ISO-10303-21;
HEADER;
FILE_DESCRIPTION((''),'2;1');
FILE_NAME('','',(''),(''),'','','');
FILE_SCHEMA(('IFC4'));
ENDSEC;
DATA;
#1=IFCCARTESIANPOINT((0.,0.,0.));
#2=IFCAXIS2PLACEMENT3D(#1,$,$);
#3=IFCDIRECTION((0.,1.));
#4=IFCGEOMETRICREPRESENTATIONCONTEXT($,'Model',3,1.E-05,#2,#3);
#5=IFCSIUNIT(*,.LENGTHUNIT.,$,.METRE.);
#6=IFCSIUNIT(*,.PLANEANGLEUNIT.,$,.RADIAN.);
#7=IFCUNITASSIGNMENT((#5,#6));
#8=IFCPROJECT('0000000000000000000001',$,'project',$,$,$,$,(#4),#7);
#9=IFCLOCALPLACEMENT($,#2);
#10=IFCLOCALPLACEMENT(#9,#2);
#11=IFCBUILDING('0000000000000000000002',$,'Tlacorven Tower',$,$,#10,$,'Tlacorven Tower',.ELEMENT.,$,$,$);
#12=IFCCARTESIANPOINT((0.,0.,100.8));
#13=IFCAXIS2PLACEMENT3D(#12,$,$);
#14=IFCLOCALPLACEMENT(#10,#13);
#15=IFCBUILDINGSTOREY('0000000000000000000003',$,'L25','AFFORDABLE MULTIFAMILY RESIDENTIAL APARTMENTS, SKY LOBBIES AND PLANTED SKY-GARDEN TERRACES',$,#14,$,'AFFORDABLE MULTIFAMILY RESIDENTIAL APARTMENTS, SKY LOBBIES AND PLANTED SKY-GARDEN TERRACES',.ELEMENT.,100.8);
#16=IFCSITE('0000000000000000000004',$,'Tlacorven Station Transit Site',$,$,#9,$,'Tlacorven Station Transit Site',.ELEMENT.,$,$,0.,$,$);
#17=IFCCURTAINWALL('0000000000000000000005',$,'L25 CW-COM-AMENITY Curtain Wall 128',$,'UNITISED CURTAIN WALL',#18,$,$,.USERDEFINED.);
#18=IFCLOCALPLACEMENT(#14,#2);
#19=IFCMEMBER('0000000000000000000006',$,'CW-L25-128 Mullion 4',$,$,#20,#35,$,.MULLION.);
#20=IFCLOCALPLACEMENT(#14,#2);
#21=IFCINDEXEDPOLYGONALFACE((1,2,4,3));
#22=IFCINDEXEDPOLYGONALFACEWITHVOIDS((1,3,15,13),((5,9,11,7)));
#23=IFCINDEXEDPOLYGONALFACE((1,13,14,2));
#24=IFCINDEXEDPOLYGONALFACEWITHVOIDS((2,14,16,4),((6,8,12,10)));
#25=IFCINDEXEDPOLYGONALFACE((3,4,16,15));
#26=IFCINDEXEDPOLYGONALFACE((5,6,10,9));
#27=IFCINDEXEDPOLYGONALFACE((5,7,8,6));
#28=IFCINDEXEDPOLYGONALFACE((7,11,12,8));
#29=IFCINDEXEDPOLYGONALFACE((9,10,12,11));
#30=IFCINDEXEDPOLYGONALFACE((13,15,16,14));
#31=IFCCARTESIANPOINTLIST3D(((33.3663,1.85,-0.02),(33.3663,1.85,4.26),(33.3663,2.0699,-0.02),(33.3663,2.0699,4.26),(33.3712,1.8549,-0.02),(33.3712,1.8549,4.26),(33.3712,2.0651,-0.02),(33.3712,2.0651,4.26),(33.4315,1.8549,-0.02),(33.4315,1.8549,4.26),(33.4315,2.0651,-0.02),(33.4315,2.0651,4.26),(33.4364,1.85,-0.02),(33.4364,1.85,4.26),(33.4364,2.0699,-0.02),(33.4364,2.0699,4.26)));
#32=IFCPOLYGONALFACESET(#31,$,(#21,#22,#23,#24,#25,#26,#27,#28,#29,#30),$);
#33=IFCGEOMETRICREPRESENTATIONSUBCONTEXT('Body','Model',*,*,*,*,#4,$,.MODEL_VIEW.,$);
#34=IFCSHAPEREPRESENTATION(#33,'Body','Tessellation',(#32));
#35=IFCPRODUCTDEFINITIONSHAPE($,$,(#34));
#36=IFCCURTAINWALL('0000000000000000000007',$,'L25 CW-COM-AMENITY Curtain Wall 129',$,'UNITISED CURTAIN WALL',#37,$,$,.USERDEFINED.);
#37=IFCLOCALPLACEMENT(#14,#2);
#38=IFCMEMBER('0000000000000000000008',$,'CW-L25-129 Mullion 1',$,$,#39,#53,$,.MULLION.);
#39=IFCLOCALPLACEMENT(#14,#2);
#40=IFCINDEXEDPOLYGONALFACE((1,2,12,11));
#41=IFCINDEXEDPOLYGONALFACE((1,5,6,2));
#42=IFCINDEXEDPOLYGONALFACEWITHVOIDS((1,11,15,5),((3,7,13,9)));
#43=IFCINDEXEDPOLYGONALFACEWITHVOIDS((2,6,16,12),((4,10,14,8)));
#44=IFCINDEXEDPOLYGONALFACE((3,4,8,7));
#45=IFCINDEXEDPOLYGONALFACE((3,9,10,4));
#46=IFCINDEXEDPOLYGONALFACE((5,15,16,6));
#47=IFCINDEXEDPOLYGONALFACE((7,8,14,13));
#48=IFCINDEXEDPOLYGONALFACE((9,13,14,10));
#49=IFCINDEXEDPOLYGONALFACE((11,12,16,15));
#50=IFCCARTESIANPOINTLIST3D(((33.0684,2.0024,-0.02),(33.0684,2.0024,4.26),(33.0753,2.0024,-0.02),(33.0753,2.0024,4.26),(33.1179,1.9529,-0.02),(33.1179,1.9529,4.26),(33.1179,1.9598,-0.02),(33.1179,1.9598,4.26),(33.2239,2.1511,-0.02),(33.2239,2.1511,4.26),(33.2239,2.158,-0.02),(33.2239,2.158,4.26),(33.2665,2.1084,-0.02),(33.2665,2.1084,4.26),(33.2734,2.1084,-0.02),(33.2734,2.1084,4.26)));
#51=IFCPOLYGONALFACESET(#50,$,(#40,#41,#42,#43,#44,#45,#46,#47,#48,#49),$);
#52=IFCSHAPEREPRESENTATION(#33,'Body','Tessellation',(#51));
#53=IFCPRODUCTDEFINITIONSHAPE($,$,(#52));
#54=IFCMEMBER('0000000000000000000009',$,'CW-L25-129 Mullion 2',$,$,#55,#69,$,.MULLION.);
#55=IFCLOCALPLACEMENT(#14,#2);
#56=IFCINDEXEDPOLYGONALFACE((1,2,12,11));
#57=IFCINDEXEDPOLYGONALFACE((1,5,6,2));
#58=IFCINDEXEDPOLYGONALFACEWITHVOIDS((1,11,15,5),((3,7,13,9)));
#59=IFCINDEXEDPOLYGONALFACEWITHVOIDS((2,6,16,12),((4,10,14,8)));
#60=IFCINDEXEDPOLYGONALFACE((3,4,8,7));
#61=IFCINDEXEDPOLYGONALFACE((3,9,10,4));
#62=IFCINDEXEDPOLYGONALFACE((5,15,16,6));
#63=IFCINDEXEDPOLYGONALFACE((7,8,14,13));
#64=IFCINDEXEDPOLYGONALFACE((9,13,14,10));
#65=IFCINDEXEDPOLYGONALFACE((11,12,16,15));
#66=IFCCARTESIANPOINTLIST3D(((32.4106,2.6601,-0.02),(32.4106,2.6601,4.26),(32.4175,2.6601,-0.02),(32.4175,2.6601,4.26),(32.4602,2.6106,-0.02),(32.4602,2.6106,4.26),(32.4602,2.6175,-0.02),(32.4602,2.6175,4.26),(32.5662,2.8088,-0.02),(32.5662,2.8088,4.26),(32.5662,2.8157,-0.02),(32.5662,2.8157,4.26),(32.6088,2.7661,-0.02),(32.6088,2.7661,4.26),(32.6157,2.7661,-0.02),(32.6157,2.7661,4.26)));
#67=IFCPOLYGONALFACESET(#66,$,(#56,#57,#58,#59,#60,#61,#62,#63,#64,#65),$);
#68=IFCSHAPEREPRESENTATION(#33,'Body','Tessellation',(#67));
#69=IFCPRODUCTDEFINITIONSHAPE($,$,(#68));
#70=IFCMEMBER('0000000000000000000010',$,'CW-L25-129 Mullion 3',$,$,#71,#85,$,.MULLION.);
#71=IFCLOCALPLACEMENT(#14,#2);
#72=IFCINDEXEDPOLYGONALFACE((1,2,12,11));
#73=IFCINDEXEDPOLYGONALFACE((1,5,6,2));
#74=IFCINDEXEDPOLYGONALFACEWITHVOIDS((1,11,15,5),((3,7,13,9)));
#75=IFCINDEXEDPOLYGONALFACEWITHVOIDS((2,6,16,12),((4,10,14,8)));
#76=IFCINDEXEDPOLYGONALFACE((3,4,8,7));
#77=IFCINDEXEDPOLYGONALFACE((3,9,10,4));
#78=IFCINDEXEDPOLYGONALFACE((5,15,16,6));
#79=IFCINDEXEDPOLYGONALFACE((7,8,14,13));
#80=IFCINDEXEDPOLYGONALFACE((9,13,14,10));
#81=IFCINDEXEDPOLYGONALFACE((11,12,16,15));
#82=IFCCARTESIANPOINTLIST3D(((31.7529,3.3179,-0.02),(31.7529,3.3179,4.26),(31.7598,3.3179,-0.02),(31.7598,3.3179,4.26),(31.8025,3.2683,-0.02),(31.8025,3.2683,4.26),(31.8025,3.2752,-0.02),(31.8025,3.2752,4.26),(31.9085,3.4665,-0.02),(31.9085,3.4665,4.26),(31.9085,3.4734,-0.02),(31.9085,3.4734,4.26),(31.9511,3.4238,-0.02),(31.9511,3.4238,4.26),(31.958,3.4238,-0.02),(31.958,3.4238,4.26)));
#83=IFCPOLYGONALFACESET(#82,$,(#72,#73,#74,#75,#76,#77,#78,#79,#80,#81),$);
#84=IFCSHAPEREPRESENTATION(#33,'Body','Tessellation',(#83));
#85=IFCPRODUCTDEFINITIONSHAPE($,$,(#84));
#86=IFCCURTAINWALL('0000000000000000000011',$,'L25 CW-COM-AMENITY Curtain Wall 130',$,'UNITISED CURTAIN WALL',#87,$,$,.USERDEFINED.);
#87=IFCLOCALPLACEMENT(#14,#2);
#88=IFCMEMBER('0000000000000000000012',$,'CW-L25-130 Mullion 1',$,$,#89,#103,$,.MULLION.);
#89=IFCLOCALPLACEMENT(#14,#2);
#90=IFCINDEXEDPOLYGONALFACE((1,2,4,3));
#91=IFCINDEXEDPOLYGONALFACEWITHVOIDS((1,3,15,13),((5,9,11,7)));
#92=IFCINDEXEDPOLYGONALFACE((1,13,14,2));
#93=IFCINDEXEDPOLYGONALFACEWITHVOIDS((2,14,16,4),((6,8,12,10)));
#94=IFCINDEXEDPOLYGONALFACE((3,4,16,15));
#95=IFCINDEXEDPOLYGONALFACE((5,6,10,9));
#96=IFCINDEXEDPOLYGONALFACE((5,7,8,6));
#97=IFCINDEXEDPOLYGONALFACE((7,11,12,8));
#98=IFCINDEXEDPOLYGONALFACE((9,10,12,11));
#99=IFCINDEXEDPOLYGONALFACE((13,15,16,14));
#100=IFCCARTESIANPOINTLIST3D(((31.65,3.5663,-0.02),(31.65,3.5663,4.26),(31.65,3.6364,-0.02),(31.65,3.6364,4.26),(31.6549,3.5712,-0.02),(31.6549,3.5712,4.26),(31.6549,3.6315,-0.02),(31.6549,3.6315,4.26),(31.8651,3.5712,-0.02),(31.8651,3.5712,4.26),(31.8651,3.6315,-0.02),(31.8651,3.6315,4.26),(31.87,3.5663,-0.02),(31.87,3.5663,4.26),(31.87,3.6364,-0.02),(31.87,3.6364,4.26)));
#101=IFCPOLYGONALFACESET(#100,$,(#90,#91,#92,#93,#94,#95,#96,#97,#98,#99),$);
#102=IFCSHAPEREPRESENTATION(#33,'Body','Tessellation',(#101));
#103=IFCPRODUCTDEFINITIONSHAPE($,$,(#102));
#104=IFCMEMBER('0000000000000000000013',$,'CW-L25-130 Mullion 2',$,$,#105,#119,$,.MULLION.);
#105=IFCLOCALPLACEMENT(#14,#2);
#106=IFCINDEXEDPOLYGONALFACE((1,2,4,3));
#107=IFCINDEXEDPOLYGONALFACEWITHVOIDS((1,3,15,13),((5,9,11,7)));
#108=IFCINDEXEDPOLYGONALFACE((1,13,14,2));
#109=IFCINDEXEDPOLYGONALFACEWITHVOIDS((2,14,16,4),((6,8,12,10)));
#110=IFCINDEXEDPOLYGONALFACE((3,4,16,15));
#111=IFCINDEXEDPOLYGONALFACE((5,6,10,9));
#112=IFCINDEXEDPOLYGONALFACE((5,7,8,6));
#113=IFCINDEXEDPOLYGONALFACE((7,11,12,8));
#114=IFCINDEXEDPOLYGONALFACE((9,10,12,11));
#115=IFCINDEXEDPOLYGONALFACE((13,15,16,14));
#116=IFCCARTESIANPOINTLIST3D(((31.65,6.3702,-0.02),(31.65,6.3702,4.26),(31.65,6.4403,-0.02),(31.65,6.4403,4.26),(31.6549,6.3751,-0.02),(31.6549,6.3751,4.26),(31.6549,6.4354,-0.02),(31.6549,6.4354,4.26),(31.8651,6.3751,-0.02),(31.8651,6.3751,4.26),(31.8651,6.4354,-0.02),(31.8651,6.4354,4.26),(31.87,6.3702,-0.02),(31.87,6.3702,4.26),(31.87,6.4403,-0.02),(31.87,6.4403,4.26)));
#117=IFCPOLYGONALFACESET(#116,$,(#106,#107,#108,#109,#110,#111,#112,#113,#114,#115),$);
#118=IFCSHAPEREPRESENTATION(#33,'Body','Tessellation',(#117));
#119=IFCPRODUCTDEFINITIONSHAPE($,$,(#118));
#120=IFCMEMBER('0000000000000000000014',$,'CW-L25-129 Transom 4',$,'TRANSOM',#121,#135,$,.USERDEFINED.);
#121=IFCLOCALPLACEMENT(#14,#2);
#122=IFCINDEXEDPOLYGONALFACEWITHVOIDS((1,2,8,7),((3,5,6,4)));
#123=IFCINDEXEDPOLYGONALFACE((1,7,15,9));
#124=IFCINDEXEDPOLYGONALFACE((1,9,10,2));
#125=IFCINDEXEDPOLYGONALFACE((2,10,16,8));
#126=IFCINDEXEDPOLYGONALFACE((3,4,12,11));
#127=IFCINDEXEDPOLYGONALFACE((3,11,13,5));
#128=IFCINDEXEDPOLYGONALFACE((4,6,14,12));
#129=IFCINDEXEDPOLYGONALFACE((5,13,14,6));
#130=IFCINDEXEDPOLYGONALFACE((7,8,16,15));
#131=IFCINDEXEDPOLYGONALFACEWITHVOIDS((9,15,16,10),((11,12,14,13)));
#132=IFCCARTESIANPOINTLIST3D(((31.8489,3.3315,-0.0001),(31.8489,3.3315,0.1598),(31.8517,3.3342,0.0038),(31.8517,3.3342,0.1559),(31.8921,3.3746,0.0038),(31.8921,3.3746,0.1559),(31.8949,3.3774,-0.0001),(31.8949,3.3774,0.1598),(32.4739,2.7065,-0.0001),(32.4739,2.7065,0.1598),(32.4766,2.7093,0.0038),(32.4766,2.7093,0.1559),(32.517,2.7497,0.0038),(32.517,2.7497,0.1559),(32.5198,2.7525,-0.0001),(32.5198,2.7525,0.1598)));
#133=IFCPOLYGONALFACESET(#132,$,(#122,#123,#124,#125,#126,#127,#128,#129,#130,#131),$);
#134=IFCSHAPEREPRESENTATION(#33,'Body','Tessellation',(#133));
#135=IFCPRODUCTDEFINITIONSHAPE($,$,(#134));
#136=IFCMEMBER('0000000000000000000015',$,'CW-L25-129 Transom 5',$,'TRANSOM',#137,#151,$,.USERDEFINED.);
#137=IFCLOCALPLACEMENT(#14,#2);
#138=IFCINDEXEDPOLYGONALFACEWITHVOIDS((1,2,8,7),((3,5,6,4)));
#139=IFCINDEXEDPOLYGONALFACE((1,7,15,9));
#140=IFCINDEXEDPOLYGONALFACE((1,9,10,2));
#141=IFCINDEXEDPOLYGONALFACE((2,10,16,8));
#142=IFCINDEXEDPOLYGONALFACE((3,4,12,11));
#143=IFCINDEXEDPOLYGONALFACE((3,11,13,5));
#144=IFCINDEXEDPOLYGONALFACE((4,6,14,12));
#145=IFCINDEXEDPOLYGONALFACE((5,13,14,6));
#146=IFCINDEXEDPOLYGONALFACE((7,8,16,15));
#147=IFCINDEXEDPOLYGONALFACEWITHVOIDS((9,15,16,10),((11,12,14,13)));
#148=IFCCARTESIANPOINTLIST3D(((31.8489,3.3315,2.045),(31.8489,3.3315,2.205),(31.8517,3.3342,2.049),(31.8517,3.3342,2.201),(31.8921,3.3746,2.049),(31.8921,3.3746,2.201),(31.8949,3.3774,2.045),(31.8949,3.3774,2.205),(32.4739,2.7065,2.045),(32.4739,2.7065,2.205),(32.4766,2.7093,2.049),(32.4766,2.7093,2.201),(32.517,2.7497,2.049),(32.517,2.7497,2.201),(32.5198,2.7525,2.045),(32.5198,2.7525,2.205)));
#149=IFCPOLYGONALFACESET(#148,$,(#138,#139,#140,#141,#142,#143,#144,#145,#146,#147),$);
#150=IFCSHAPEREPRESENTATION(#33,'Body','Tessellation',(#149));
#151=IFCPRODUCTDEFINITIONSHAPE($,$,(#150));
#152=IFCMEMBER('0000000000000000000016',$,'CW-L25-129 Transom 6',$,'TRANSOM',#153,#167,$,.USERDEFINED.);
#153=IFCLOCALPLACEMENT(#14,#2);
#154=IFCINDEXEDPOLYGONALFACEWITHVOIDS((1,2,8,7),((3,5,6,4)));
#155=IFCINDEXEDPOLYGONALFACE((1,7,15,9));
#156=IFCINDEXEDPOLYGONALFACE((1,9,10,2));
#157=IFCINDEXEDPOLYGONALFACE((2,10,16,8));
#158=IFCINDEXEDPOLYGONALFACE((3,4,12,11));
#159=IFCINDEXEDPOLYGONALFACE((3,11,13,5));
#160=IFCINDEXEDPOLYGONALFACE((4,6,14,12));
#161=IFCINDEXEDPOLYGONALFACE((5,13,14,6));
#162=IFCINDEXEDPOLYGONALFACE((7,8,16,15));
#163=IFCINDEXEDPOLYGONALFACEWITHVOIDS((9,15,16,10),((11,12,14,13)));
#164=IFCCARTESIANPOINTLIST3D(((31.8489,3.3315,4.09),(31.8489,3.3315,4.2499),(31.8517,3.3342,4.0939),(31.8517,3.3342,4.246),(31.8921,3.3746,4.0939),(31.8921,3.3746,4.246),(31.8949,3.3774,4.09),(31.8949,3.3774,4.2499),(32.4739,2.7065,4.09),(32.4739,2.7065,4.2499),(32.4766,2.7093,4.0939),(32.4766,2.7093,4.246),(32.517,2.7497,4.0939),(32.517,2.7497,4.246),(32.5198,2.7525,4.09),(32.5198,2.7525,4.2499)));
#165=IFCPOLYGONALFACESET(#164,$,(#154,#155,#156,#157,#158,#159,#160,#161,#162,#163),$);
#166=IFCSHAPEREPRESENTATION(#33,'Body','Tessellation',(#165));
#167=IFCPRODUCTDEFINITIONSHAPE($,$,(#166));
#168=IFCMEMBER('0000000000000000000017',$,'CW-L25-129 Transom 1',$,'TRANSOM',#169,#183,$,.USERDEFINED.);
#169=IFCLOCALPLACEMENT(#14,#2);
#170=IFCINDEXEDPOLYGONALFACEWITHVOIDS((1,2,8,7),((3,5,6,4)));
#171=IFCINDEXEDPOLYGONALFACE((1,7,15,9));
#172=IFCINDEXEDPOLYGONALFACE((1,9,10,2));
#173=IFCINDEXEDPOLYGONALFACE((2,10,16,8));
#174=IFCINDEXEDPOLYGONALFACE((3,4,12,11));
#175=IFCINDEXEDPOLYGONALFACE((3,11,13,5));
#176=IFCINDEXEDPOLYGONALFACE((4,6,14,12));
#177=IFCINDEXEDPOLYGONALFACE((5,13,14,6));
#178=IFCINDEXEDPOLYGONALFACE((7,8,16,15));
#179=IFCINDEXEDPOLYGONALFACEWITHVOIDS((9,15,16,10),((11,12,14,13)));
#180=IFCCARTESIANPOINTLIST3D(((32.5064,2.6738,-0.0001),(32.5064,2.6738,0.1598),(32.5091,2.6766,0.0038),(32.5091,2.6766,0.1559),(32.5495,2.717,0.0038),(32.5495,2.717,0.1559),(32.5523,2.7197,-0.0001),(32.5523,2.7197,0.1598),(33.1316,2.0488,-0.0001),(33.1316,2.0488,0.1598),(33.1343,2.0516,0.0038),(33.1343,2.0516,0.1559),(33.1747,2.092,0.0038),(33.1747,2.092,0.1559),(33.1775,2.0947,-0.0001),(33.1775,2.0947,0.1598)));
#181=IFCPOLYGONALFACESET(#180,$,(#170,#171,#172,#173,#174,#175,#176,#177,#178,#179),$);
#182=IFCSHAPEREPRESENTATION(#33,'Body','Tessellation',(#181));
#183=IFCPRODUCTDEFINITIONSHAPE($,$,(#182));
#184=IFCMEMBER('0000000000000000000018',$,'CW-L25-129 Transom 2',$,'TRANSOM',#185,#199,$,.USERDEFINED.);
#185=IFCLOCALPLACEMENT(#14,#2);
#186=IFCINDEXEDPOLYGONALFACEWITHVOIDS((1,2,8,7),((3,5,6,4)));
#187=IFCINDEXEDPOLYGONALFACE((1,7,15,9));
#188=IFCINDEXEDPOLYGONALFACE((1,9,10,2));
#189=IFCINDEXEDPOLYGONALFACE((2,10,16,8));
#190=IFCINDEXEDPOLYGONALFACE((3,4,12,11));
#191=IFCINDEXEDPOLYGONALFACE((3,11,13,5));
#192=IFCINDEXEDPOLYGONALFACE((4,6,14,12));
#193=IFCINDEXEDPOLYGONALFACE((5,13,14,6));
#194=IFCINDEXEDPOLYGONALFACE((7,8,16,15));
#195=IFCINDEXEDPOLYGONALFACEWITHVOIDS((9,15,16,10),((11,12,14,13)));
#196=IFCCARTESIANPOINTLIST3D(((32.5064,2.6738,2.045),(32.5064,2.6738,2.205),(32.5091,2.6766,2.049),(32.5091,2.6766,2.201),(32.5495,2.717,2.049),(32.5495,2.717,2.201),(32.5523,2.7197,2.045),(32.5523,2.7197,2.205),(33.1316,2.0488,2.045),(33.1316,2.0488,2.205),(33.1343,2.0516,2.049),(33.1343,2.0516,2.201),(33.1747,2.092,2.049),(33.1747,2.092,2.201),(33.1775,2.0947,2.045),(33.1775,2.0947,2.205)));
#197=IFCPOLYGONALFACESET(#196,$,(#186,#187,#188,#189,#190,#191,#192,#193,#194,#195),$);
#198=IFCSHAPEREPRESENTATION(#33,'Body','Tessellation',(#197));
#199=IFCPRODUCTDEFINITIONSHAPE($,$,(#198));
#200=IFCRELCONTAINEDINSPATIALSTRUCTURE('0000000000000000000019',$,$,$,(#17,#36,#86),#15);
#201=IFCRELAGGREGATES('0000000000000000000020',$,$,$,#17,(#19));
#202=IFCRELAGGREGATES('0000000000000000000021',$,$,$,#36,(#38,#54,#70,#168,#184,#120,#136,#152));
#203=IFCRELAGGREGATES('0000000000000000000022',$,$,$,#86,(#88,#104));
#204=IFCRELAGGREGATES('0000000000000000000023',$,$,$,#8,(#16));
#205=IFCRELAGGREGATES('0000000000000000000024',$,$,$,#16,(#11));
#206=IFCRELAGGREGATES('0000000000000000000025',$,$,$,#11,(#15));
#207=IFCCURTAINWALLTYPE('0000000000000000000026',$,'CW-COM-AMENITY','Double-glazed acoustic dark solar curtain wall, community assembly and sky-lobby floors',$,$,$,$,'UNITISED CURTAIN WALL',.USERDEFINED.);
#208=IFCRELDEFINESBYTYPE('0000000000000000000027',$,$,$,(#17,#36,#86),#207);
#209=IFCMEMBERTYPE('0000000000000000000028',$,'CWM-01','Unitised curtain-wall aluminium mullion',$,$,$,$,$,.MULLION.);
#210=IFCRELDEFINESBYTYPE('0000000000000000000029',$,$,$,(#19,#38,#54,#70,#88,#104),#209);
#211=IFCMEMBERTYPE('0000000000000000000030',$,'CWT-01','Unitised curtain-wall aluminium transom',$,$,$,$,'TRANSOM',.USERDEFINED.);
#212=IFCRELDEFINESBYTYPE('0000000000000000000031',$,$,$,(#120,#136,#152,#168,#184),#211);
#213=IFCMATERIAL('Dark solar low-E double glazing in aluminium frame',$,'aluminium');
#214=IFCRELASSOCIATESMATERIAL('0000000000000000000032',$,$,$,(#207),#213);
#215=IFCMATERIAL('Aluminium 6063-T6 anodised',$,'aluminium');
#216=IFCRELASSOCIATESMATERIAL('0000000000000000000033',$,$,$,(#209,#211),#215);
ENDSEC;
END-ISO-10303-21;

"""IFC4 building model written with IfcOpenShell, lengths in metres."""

from ifc_helpers import new_model, si_unit, direction, frame, origin, origin_2d, place, context, subcontext, project, spatial, hollow_rectangle, extrude, source, transform, mapped, material, material_profile, profile_set, type_object, element, aggregate, save


model = new_model("IFC4")

# Units and contexts
model_context = context("Model", 3, precision=1e-05, world=origin(), true_north=direction((0.0, 1.0)))
body_context = subcontext(model_context, "Body", "Model", "MODEL_VIEW")
ifc_project = project(units=[si_unit("LENGTHUNIT", "METRE"), si_unit("PLANEANGLEUNIT", "RADIAN")], contexts=[model_context])

# Site, building, storey
site_placement = place(None, origin())
site = spatial("IfcSite", under=ifc_project, at=site_placement, Name="Tlacorven Station Transit Site", LongName="Tlacorven Station Transit Site", CompositionType="ELEMENT", RefElevation=0.0)
building_placement = place(site_placement, origin())
building = spatial("IfcBuilding", under=site, at=building_placement, Name="Tlacorven Tower", LongName="Tlacorven Tower", CompositionType="ELEMENT")
storey_placement = place(building_placement, frame((0.0, 0.0, 100.8)))
storey = spatial("IfcBuildingStorey", under=building, at=storey_placement, Name="L25", Description="AFFORDABLE MULTIFAMILY RESIDENTIAL APARTMENTS, SKY LOBBIES AND PLANTED SKY-GARDEN TERRACES", LongName="AFFORDABLE MULTIFAMILY RESIDENTIAL APARTMENTS, SKY LOBBIES AND PLANTED SKY-GARDEN TERRACES", CompositionType="ELEMENT", Elevation=100.8)

# Curtain wall, member
ifc_material_1 = material(Name="Dark solar low-E double glazing in aluminium frame", Category="aluminium")
curtain_wall_type = type_object("IfcCurtainWallType", Name="CW-COM-AMENITY", Description="Double-glazed acoustic dark solar curtain wall, community assembly and sky-lobby floors", ElementType="UNITISED CURTAIN WALL", PredefinedType="USERDEFINED", material=ifc_material_1)
curtain_wall_1_placement = place(storey_placement, origin())
curtain_wall_1 = element("IfcCurtainWall", 1, at=curtain_wall_1_placement, inside=storey, type_object=curtain_wall_type, Name="L25 CW-COM-AMENITY Curtain Wall 128", ObjectType="UNITISED CURTAIN WALL", PredefinedType="USERDEFINED")
ifc_material_2 = material(Name="Aluminium 6063-T6 anodised", Category="aluminium")
ifc_material_profile_1 = material_profile(ifc_material_2, hollow_rectangle(XDim=0.0701, YDim=0.22, WallThickness=0.0049, at=origin_2d()), Name="ALU MULLION 70X220")
ifc_profile_set_1 = profile_set([ifc_material_profile_1], Name="Aluminium 6063-T6 anodised")
member_type_1 = type_object("IfcMemberType", Name="CWM-01", Description="Unitised curtain-wall aluminium mullion", PredefinedType="MULLION", material=ifc_profile_set_1)
shared_shape_1 = source(origin(), body_context, "Body", "SweptSolid", [
    extrude(hollow_rectangle(XDim=0.0701, YDim=0.22, WallThickness=0.0049, at=origin_2d()), origin(), (0.0, 0.0, 1.0), 4.28),
])
member_1_placement = place(storey_placement, frame((33.4014, 1.96, -0.02), z_axis=(0.0, 0.0, 1.0), x_axis=(-1.0, 0.0, 0.0)))
member_1 = element("IfcMember", 2, at=member_1_placement, type_object=member_type_1, Name="CW-L25-128 Mullion 4", PredefinedType="MULLION", context=body_context, shape_type="MappedRepresentation", body=[
    mapped(shared_shape_1, transform((0.0, 0.0, 0.0), scale=1.0)),
])
aggregate(curtain_wall_1, [member_1])

# Curtain walls, members
curtain_wall_2_placement = place(storey_placement, origin())
curtain_wall_2 = element("IfcCurtainWall", 3, at=curtain_wall_2_placement, inside=storey, type_object=curtain_wall_type, Name="L25 CW-COM-AMENITY Curtain Wall 129", ObjectType="UNITISED CURTAIN WALL", PredefinedType="USERDEFINED")
member_2_placement = place(storey_placement, frame((33.1709, 2.0554, -0.02), z_axis=(0.0, 0.0, 1.0), x_axis=(-0.707107, 0.707107, 0.0)))
member_2 = element("IfcMember", 4, at=member_2_placement, type_object=member_type_1, Name="CW-L25-129 Mullion 1", PredefinedType="MULLION", context=body_context, shape_type="MappedRepresentation", body=[
    mapped(shared_shape_1, transform((0.0, 0.0, 0.0), scale=1.0)),
])
member_3_placement = place(storey_placement, frame((32.5132, 2.7131, -0.02), z_axis=(0.0, 0.0, 1.0), x_axis=(-0.707107, 0.707107, 0.0)))
member_3 = element("IfcMember", 5, at=member_3_placement, type_object=member_type_1, Name="CW-L25-129 Mullion 2", PredefinedType="MULLION", context=body_context, shape_type="MappedRepresentation", body=[
    mapped(shared_shape_1, transform((0.0, 0.0, 0.0), scale=1.0)),
])
member_4_placement = place(storey_placement, frame((31.8555, 3.3708, -0.02), z_axis=(0.0, 0.0, 1.0), x_axis=(-0.707107, 0.707107, 0.0)))
member_4 = element("IfcMember", 6, at=member_4_placement, type_object=member_type_1, Name="CW-L25-129 Mullion 3", PredefinedType="MULLION", context=body_context, shape_type="MappedRepresentation", body=[
    mapped(shared_shape_1, transform((0.0, 0.0, 0.0), scale=1.0)),
])
curtain_wall_3_placement = place(storey_placement, origin())
curtain_wall_3 = element("IfcCurtainWall", 7, at=curtain_wall_3_placement, inside=storey, type_object=curtain_wall_type, Name="L25 CW-COM-AMENITY Curtain Wall 130", ObjectType="UNITISED CURTAIN WALL", PredefinedType="USERDEFINED")
member_5_placement = place(storey_placement, frame((31.76, 3.6013, -0.02), z_axis=(0.0, 0.0, 1.0), x_axis=(0.0, 1.0, 0.0)))
member_5 = element("IfcMember", 8, at=member_5_placement, type_object=member_type_1, Name="CW-L25-130 Mullion 1", PredefinedType="MULLION", context=body_context, shape_type="MappedRepresentation", body=[
    mapped(shared_shape_1, transform((0.0, 0.0, 0.0), scale=1.0)),
])
member_6_placement = place(storey_placement, frame((31.76, 6.4053, -0.02), z_axis=(0.0, 0.0, 1.0), x_axis=(0.0, 1.0, 0.0)))
member_6 = element("IfcMember", 9, at=member_6_placement, type_object=member_type_1, Name="CW-L25-130 Mullion 2", PredefinedType="MULLION", context=body_context, shape_type="MappedRepresentation", body=[
    mapped(shared_shape_1, transform((0.0, 0.0, 0.0), scale=1.0)),
])

# Members
ifc_material_profile_2 = material_profile(ifc_material_2, hollow_rectangle(XDim=0.0649, YDim=0.1599, WallThickness=0.0039, at=origin_2d()), Name="ALU TRANSOM 65X160")
ifc_profile_set_2 = profile_set([ifc_material_profile_2], Name="Aluminium 6063-T6 anodised")
member_type_2 = type_object("IfcMemberType", Name="CWT-01", Description="Unitised curtain-wall aluminium transom", ElementType="TRANSOM", PredefinedType="USERDEFINED", material=ifc_profile_set_2)
shared_shape_2 = source(origin(), body_context, "Body", "SweptSolid", [
    extrude(hollow_rectangle(XDim=0.0649, YDim=0.1599, WallThickness=0.0039, at=origin_2d()), origin(), (0.0, 0.0, 1.0), 0.8838),
])
member_7_placement = place(storey_placement, frame((32.4968, 2.7295, 0.0798), z_axis=(-0.707107, 0.707107, 0.0), x_axis=(-0.707107, -0.707107, 0.0)))
member_7 = element("IfcMember", 10, at=member_7_placement, type_object=member_type_2, Name="CW-L25-129 Transom 4", ObjectType="TRANSOM", PredefinedType="USERDEFINED", context=body_context, shape_type="MappedRepresentation", body=[
    mapped(shared_shape_2, transform((0.0, 0.0, 0.0), scale=1.0)),
])
member_8_placement = place(storey_placement, frame((32.4968, 2.7295, 2.125), z_axis=(-0.707107, 0.707107, 0.0), x_axis=(-0.707107, -0.707107, 0.0)))
member_8 = element("IfcMember", 11, at=member_8_placement, type_object=member_type_2, Name="CW-L25-129 Transom 5", ObjectType="TRANSOM", PredefinedType="USERDEFINED", context=body_context, shape_type="MappedRepresentation", body=[
    mapped(shared_shape_2, transform((0.0, 0.0, 0.0), scale=1.0)),
])
member_9_placement = place(storey_placement, frame((32.4968, 2.7295, 4.1699), z_axis=(-0.707107, 0.707107, 0.0), x_axis=(-0.707107, -0.707107, 0.0)))
member_9 = element("IfcMember", 12, at=member_9_placement, type_object=member_type_2, Name="CW-L25-129 Transom 6", ObjectType="TRANSOM", PredefinedType="USERDEFINED", context=body_context, shape_type="MappedRepresentation", body=[
    mapped(shared_shape_2, transform((0.0, 0.0, 0.0), scale=1.0)),
])
shared_shape_3 = source(origin(), body_context, "Body", "SweptSolid", [
    extrude(hollow_rectangle(XDim=0.0649, YDim=0.1599, WallThickness=0.0039, at=origin_2d()), origin(), (0.0, 0.0, 1.0), 0.884),
])
member_10_placement = place(storey_placement, frame((33.1545, 2.0718, 0.0798), z_axis=(-0.707245, 0.706969, 0.0), x_axis=(-0.706969, -0.707245, 0.0)))
member_10 = element("IfcMember", 13, at=member_10_placement, type_object=member_type_2, Name="CW-L25-129 Transom 1", ObjectType="TRANSOM", PredefinedType="USERDEFINED", context=body_context, shape_type="MappedRepresentation", body=[
    mapped(shared_shape_3, transform((0.0, 0.0, 0.0), scale=1.0)),
])
member_11_placement = place(storey_placement, frame((33.1545, 2.0718, 2.125), z_axis=(-0.707245, 0.706969, 0.0), x_axis=(-0.706969, -0.707245, 0.0)))
member_11 = element("IfcMember", 14, at=member_11_placement, type_object=member_type_2, Name="CW-L25-129 Transom 2", ObjectType="TRANSOM", PredefinedType="USERDEFINED", context=body_context, shape_type="MappedRepresentation", body=[
    mapped(shared_shape_3, transform((0.0, 0.0, 0.0), scale=1.0)),
])

aggregate(curtain_wall_2, [member_2, member_3, member_4, member_10, member_11, member_7, member_8, member_9])
aggregate(curtain_wall_3, [member_5, member_6])

save(model, "model.ifc")
